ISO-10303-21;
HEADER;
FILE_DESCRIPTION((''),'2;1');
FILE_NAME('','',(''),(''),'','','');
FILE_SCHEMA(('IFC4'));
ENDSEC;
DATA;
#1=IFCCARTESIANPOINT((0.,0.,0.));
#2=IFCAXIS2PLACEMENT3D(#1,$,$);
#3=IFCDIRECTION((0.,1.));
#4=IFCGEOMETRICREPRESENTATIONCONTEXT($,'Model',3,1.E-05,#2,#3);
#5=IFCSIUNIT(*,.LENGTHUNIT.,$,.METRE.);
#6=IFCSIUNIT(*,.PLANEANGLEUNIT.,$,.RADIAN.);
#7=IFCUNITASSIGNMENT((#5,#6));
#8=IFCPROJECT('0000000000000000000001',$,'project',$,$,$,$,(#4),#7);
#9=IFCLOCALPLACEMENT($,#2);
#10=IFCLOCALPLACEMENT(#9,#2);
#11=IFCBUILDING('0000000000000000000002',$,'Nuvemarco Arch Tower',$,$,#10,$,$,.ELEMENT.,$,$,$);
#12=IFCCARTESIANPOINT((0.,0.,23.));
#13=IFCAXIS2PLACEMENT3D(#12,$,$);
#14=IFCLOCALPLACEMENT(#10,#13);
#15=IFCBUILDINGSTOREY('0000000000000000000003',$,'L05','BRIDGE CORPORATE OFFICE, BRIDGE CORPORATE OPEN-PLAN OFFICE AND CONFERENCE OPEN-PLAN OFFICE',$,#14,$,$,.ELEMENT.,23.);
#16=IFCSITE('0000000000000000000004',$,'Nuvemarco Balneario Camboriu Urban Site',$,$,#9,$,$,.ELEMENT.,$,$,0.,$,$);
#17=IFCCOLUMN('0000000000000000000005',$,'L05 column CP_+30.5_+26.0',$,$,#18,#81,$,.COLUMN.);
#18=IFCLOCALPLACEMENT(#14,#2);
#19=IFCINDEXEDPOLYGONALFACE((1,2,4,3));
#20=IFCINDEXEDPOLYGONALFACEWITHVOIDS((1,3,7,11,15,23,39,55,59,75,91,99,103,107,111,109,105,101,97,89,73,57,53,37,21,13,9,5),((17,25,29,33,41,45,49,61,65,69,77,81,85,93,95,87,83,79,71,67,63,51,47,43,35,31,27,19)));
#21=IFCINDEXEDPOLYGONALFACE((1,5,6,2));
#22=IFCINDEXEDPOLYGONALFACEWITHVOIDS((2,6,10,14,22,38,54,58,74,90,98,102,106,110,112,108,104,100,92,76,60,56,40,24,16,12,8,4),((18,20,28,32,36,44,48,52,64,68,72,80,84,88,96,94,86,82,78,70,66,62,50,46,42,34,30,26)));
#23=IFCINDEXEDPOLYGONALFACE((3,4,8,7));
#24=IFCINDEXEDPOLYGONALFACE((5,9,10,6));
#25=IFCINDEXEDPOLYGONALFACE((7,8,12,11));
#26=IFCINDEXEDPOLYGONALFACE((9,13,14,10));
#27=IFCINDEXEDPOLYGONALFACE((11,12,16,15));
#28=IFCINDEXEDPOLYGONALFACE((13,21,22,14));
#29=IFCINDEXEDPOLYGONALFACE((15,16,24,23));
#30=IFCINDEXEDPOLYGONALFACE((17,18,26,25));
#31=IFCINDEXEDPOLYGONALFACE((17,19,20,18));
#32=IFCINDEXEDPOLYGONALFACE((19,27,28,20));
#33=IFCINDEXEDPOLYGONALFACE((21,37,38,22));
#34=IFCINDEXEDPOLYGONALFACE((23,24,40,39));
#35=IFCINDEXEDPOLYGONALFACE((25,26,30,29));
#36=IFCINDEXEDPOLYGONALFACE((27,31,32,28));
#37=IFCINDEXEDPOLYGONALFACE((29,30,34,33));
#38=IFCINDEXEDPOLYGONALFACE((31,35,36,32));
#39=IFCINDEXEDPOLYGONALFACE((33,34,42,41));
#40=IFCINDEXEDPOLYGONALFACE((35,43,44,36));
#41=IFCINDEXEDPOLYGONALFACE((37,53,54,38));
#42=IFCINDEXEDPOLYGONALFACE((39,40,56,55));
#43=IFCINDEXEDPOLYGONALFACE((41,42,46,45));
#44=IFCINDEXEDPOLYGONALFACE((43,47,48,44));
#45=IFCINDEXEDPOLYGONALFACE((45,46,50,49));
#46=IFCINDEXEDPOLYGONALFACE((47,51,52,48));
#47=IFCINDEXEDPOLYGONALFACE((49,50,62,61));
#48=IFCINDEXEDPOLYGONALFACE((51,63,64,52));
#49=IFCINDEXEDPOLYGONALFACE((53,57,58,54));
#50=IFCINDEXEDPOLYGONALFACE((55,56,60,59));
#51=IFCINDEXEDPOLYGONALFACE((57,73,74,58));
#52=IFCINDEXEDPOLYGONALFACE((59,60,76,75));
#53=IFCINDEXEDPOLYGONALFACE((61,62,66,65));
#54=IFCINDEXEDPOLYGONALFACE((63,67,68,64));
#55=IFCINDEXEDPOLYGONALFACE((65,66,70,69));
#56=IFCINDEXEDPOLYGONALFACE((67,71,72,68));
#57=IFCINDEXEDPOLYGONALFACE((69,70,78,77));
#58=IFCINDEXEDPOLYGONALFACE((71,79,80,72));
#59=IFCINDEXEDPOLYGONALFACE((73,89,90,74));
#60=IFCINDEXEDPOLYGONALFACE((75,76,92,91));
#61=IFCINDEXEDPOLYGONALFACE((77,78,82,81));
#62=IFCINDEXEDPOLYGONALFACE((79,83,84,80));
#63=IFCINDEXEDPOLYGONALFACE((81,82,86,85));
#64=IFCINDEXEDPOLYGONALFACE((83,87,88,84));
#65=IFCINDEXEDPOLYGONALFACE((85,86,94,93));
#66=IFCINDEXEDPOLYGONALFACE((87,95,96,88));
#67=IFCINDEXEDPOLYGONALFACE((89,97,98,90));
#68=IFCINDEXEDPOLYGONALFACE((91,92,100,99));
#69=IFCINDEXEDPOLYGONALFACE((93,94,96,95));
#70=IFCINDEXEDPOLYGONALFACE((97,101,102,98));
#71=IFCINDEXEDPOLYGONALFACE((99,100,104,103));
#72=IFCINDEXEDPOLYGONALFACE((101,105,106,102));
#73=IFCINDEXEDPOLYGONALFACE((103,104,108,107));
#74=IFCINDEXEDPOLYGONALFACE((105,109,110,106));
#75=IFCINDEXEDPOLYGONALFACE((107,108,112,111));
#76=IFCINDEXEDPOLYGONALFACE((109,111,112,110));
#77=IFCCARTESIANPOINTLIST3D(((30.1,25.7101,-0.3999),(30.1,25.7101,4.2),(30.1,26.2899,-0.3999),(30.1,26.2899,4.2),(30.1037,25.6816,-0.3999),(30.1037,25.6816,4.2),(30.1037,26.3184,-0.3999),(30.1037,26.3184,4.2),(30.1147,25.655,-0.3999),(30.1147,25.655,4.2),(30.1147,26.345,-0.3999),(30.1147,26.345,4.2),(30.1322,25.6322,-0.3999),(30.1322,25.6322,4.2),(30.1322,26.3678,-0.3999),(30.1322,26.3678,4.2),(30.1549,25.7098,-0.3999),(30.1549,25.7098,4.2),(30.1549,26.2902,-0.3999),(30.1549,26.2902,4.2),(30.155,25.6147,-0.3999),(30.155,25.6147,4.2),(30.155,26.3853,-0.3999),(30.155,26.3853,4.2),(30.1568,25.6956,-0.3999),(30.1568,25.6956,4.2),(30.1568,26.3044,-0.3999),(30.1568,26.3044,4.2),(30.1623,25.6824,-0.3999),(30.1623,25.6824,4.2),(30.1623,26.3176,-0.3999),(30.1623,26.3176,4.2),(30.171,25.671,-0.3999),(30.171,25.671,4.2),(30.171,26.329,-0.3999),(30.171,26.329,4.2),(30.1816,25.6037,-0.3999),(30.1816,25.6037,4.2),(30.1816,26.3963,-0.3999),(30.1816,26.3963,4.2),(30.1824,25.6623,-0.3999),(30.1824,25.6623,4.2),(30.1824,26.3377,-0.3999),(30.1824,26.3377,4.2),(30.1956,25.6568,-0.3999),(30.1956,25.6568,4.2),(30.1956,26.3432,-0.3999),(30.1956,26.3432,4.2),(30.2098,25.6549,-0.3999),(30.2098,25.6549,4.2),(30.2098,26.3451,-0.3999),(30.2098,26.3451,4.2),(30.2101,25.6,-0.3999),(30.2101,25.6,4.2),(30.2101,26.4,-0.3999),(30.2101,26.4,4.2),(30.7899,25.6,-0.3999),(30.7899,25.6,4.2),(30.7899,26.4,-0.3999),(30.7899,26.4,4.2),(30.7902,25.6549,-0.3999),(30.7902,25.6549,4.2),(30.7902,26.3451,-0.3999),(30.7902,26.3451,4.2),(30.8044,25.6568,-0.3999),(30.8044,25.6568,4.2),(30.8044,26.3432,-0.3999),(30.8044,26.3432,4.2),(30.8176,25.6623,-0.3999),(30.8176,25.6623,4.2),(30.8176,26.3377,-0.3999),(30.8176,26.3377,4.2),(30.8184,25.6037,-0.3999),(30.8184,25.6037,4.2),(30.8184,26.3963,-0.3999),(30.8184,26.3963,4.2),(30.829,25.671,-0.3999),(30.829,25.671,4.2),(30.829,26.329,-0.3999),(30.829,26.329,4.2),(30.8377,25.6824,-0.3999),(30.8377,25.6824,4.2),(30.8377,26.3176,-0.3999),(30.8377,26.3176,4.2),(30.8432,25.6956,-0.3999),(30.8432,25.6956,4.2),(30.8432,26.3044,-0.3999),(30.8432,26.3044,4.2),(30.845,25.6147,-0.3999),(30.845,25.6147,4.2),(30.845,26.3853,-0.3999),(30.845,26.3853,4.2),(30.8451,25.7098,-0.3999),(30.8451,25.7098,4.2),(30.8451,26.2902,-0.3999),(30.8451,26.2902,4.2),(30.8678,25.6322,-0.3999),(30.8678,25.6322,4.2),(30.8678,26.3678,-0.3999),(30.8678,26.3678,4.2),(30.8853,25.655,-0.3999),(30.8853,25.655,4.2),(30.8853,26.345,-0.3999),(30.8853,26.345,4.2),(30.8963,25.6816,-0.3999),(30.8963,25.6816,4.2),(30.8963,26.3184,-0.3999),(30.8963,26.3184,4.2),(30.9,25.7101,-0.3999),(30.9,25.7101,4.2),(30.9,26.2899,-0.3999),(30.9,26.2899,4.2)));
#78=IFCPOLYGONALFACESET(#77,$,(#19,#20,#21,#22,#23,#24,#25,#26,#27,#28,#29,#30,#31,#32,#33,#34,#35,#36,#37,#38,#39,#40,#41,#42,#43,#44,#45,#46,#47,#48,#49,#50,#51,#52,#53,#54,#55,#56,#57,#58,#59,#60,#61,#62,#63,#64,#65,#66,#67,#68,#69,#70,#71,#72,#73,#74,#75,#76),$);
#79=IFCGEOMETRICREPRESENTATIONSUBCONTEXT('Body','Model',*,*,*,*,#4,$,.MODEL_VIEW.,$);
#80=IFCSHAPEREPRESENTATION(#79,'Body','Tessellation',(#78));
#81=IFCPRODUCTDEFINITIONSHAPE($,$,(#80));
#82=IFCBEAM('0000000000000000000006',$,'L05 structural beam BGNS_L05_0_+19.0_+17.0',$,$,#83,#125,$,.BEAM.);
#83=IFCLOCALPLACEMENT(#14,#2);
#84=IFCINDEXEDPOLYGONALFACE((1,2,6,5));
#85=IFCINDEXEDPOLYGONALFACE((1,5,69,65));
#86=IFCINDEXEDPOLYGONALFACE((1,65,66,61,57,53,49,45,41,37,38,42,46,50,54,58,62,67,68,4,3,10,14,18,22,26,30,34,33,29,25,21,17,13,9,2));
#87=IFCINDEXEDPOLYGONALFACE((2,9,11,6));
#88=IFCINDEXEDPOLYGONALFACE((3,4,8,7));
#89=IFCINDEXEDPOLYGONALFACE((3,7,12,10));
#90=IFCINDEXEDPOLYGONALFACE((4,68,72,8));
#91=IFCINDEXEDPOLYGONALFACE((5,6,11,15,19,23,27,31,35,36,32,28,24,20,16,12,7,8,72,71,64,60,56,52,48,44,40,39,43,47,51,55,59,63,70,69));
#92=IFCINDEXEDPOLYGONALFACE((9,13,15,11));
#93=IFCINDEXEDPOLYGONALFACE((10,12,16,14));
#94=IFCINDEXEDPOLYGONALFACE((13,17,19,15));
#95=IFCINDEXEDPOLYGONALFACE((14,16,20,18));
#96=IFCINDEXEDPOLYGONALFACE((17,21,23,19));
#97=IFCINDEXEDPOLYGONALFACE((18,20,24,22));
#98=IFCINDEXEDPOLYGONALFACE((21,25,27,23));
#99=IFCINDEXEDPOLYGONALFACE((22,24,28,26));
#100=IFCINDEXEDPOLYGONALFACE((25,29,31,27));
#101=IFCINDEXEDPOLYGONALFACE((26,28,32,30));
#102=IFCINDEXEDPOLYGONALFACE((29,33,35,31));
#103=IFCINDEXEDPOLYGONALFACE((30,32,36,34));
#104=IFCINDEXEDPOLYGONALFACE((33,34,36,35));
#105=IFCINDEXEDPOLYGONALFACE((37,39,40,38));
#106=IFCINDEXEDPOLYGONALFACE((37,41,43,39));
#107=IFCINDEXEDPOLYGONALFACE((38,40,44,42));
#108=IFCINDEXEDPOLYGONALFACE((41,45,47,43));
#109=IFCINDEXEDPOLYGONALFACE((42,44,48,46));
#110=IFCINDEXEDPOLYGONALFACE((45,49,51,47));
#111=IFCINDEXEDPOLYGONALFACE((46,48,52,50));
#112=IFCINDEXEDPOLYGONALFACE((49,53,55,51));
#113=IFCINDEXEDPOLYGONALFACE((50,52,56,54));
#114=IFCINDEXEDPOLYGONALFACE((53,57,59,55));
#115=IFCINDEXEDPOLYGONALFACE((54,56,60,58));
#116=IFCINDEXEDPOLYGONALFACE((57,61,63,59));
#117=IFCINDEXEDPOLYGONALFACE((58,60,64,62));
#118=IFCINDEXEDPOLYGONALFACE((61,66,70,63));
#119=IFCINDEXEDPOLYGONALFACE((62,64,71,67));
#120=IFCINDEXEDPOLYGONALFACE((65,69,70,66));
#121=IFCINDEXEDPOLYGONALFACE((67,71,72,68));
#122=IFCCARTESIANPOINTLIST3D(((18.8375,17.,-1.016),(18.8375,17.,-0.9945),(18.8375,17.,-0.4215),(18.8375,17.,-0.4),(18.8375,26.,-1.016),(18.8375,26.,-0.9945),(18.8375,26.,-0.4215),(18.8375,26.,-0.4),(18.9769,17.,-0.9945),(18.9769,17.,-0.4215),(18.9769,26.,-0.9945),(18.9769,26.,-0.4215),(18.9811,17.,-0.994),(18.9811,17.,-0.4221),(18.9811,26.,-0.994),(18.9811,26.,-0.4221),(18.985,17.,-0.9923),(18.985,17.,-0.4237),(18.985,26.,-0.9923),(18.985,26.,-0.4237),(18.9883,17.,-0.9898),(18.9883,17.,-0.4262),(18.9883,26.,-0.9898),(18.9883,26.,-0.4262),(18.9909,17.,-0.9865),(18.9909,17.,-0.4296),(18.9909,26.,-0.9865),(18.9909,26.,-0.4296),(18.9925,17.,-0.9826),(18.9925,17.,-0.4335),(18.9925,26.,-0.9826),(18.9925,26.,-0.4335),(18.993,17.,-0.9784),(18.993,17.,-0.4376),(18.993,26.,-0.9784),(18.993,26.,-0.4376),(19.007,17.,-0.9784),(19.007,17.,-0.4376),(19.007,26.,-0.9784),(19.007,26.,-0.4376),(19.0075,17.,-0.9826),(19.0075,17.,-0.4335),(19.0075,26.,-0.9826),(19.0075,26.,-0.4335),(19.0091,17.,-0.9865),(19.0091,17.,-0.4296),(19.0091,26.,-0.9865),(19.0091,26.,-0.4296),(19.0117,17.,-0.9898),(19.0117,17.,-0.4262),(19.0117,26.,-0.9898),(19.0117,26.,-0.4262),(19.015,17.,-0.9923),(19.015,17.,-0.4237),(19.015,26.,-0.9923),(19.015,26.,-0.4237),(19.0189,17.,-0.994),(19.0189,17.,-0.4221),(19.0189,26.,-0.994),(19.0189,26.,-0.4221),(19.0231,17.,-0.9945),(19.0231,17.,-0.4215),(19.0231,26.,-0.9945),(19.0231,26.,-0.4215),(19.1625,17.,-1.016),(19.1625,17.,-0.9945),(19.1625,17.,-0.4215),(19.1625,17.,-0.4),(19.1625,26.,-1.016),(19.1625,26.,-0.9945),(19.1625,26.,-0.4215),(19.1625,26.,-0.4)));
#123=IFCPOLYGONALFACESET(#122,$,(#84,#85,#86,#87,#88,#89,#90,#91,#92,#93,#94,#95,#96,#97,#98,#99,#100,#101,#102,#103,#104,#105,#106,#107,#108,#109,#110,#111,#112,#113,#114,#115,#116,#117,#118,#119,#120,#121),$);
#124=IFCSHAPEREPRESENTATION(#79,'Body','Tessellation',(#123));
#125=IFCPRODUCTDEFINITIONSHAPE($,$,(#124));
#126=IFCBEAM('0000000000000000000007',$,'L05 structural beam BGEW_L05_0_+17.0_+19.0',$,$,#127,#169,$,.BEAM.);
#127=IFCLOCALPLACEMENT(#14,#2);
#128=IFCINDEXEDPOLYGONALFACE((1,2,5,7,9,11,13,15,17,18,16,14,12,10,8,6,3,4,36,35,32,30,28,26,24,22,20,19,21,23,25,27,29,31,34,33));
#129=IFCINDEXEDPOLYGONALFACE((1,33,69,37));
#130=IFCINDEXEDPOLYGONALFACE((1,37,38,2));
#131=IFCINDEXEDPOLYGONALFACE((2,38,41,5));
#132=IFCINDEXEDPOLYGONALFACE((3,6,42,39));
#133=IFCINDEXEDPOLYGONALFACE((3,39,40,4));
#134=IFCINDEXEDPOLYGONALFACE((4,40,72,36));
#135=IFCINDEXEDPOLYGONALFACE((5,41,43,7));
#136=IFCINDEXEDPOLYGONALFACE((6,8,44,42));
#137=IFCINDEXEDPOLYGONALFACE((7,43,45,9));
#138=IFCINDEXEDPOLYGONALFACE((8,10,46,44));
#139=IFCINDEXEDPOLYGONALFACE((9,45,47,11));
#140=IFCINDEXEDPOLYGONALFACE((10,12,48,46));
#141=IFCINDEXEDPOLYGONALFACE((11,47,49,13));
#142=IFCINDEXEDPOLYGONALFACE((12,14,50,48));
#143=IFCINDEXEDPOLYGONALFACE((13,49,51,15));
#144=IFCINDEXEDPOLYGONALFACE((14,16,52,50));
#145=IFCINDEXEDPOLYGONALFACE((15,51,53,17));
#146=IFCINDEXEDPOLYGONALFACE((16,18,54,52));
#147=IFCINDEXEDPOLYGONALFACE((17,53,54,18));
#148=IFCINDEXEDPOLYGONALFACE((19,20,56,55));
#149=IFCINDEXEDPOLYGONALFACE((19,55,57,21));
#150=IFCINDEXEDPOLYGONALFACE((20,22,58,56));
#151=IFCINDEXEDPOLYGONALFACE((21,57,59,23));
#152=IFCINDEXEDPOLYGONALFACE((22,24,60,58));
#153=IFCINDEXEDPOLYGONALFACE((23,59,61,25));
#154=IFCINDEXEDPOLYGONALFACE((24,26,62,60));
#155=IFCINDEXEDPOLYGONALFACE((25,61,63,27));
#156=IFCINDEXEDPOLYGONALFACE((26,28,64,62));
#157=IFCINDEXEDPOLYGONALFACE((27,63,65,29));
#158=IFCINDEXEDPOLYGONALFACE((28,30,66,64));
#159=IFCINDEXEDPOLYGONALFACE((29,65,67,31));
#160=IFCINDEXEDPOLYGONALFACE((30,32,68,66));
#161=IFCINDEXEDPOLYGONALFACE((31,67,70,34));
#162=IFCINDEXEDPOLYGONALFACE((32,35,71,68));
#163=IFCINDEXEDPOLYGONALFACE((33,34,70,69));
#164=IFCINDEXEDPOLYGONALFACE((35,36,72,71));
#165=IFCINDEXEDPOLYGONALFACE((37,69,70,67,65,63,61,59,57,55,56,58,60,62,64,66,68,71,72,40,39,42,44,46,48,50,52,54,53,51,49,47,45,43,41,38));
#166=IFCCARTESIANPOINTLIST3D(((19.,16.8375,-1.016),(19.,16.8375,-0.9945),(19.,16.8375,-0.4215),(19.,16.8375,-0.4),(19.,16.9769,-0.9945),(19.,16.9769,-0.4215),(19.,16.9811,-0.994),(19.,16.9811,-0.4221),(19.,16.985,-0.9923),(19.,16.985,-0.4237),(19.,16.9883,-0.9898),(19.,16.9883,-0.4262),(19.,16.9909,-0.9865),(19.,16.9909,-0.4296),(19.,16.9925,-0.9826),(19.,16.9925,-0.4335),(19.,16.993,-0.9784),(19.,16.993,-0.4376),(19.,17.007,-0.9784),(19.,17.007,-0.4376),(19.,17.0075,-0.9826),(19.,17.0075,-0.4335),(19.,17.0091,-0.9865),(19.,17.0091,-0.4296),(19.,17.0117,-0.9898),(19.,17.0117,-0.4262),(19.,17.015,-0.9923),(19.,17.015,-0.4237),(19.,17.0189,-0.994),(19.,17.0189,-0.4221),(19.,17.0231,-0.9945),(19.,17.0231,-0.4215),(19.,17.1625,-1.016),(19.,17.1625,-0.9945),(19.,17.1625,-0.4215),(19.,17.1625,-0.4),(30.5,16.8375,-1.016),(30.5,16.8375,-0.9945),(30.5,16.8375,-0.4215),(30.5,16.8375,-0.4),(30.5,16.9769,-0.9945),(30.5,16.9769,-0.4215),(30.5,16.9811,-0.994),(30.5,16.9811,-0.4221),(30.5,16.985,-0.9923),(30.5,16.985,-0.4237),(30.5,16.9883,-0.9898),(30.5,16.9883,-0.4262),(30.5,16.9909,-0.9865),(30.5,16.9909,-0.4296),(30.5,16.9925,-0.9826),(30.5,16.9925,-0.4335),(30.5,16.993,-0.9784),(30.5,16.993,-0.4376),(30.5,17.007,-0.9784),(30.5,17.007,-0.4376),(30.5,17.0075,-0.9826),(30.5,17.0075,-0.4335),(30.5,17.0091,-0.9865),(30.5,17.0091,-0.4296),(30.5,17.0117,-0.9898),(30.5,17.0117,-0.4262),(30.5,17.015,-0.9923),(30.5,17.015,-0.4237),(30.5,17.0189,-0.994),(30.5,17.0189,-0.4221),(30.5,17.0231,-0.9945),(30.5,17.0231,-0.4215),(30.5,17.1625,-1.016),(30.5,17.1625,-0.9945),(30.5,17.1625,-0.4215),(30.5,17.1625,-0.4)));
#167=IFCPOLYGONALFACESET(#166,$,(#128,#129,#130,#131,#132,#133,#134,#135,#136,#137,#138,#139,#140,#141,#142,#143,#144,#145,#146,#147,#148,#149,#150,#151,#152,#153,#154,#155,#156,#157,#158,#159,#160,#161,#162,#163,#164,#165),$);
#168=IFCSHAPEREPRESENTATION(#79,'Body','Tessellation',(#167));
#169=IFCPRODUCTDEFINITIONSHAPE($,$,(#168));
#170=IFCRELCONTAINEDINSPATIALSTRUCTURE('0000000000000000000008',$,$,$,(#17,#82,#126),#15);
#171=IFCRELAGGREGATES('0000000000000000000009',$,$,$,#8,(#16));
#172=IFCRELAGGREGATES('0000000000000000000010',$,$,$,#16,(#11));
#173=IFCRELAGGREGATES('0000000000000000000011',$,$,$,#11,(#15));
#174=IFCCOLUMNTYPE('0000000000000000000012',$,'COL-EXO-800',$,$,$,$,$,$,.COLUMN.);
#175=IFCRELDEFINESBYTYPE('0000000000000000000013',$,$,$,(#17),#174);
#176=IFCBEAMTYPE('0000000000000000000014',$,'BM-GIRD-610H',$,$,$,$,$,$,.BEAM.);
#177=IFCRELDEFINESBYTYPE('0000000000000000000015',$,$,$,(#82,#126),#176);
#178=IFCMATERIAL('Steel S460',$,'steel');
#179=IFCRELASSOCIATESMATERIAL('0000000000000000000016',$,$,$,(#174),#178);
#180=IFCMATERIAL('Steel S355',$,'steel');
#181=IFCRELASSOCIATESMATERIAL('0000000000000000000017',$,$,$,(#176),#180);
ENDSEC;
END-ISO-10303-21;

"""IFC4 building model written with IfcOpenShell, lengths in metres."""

from ifc_helpers import new_model, si_unit, direction, frame, origin, origin_2d, place, context, subcontext, project, spatial, hollow_rectangle, i_section, extrude, material, material_profile, profile_set, type_object, element, save


model = new_model("IFC4")

# Units and contexts
model_context = context("Model", 3, precision=1e-05, world=origin(), true_north=direction((0.0, 1.0)))
body_context = subcontext(model_context, "Body", "Model", "MODEL_VIEW")
ifc_project = project(units=[si_unit("LENGTHUNIT", "METRE"), si_unit("PLANEANGLEUNIT", "RADIAN")], contexts=[model_context])

# Site, building, storey
site_placement = place(None, origin())
site = spatial("IfcSite", under=ifc_project, at=site_placement, Name="Nuvemarco Balneario Camboriu Urban Site", CompositionType="ELEMENT", RefElevation=0.0)
building_placement = place(site_placement, origin())
building = spatial("IfcBuilding", under=site, at=building_placement, Name="Nuvemarco Arch Tower", CompositionType="ELEMENT")
storey_placement = place(building_placement, frame((0.0, 0.0, 23.0)))
storey = spatial("IfcBuildingStorey", under=building, at=storey_placement, Name="L05", Description="BRIDGE CORPORATE OFFICE, BRIDGE CORPORATE OPEN-PLAN OFFICE AND CONFERENCE OPEN-PLAN OFFICE", CompositionType="ELEMENT", Elevation=23.0)

# Column
ifc_material_1 = material(Name="Steel S460", Category="steel")
ifc_material_profile_1 = material_profile(ifc_material_1, hollow_rectangle(XDim=0.8, YDim=0.8, WallThickness=0.0549, InnerFilletRadius=0.0549, OuterFilletRadius=0.1101, at=origin_2d()), Name="SHS800x800x55")
ifc_profile_set_1 = profile_set([ifc_material_profile_1], Name="Steel S460")
column_type_1 = type_object("IfcColumnType", Name="COL-EXO-800", PredefinedType="COLUMN", material=ifc_profile_set_1)
column_1_placement = place(storey_placement, frame((30.5, 26.0, -0.3999), z_axis=(0.0, 0.0, 1.0), x_axis=(1.0, 0.0, 0.0)))
element("IfcColumn", 1, at=column_1_placement, inside=storey, type_object=column_type_1, Name="L05 column CP_+30.5_+26.0", PredefinedType="COLUMN", context=body_context, shape_type="SweptSolid", body=[
    extrude(hollow_rectangle(XDim=0.8, YDim=0.8, WallThickness=0.0549, InnerFilletRadius=0.0549, OuterFilletRadius=0.1101, at=origin_2d()), origin(), (0.0, 0.0, 1.0), 4.5999),
])

# Beams
ifc_material_2 = material(Name="Steel S355", Category="steel")
ifc_material_profile_2 = material_profile(ifc_material_2, i_section(OverallWidth=0.325, OverallDepth=0.616, WebThickness=0.0139, FlangeThickness=0.0215, FilletRadius=0.0161, at=origin_2d()), Name="W610x174")
ifc_profile_set_2 = profile_set([ifc_material_profile_2], Name="Steel S355")
beam_type_1 = type_object("IfcBeamType", Name="BM-GIRD-610H", PredefinedType="BEAM", material=ifc_profile_set_2)
beam_1_placement = place(storey_placement, frame((19.0, 17.0, -0.708), z_axis=(0.0, 1.0, 0.0), x_axis=(-1.0, 0.0, 0.0)))
element("IfcBeam", 2, at=beam_1_placement, inside=storey, type_object=beam_type_1, Name="L05 structural beam BGNS_L05_0_+19.0_+17.0", PredefinedType="BEAM", context=body_context, shape_type="SweptSolid", body=[
    extrude(i_section(OverallWidth=0.325, OverallDepth=0.616, WebThickness=0.0139, FlangeThickness=0.0215, FilletRadius=0.0161, at=origin_2d()), origin(), (0.0, 0.0, 1.0), 9.0),
])
beam_2_placement = place(storey_placement, frame((19.0, 17.0, -0.708), z_axis=(1.0, 0.0, 0.0), x_axis=(0.0, 1.0, 0.0)))
element("IfcBeam", 3, at=beam_2_placement, inside=storey, type_object=beam_type_1, Name="L05 structural beam BGEW_L05_0_+17.0_+19.0", PredefinedType="BEAM", context=body_context, shape_type="SweptSolid", body=[
    extrude(i_section(OverallWidth=0.325, OverallDepth=0.616, WebThickness=0.0139, FlangeThickness=0.0215, FilletRadius=0.0161, at=origin_2d()), origin(), (0.0, 0.0, 1.0), 11.5),
])

save(model, "model.ifc")
